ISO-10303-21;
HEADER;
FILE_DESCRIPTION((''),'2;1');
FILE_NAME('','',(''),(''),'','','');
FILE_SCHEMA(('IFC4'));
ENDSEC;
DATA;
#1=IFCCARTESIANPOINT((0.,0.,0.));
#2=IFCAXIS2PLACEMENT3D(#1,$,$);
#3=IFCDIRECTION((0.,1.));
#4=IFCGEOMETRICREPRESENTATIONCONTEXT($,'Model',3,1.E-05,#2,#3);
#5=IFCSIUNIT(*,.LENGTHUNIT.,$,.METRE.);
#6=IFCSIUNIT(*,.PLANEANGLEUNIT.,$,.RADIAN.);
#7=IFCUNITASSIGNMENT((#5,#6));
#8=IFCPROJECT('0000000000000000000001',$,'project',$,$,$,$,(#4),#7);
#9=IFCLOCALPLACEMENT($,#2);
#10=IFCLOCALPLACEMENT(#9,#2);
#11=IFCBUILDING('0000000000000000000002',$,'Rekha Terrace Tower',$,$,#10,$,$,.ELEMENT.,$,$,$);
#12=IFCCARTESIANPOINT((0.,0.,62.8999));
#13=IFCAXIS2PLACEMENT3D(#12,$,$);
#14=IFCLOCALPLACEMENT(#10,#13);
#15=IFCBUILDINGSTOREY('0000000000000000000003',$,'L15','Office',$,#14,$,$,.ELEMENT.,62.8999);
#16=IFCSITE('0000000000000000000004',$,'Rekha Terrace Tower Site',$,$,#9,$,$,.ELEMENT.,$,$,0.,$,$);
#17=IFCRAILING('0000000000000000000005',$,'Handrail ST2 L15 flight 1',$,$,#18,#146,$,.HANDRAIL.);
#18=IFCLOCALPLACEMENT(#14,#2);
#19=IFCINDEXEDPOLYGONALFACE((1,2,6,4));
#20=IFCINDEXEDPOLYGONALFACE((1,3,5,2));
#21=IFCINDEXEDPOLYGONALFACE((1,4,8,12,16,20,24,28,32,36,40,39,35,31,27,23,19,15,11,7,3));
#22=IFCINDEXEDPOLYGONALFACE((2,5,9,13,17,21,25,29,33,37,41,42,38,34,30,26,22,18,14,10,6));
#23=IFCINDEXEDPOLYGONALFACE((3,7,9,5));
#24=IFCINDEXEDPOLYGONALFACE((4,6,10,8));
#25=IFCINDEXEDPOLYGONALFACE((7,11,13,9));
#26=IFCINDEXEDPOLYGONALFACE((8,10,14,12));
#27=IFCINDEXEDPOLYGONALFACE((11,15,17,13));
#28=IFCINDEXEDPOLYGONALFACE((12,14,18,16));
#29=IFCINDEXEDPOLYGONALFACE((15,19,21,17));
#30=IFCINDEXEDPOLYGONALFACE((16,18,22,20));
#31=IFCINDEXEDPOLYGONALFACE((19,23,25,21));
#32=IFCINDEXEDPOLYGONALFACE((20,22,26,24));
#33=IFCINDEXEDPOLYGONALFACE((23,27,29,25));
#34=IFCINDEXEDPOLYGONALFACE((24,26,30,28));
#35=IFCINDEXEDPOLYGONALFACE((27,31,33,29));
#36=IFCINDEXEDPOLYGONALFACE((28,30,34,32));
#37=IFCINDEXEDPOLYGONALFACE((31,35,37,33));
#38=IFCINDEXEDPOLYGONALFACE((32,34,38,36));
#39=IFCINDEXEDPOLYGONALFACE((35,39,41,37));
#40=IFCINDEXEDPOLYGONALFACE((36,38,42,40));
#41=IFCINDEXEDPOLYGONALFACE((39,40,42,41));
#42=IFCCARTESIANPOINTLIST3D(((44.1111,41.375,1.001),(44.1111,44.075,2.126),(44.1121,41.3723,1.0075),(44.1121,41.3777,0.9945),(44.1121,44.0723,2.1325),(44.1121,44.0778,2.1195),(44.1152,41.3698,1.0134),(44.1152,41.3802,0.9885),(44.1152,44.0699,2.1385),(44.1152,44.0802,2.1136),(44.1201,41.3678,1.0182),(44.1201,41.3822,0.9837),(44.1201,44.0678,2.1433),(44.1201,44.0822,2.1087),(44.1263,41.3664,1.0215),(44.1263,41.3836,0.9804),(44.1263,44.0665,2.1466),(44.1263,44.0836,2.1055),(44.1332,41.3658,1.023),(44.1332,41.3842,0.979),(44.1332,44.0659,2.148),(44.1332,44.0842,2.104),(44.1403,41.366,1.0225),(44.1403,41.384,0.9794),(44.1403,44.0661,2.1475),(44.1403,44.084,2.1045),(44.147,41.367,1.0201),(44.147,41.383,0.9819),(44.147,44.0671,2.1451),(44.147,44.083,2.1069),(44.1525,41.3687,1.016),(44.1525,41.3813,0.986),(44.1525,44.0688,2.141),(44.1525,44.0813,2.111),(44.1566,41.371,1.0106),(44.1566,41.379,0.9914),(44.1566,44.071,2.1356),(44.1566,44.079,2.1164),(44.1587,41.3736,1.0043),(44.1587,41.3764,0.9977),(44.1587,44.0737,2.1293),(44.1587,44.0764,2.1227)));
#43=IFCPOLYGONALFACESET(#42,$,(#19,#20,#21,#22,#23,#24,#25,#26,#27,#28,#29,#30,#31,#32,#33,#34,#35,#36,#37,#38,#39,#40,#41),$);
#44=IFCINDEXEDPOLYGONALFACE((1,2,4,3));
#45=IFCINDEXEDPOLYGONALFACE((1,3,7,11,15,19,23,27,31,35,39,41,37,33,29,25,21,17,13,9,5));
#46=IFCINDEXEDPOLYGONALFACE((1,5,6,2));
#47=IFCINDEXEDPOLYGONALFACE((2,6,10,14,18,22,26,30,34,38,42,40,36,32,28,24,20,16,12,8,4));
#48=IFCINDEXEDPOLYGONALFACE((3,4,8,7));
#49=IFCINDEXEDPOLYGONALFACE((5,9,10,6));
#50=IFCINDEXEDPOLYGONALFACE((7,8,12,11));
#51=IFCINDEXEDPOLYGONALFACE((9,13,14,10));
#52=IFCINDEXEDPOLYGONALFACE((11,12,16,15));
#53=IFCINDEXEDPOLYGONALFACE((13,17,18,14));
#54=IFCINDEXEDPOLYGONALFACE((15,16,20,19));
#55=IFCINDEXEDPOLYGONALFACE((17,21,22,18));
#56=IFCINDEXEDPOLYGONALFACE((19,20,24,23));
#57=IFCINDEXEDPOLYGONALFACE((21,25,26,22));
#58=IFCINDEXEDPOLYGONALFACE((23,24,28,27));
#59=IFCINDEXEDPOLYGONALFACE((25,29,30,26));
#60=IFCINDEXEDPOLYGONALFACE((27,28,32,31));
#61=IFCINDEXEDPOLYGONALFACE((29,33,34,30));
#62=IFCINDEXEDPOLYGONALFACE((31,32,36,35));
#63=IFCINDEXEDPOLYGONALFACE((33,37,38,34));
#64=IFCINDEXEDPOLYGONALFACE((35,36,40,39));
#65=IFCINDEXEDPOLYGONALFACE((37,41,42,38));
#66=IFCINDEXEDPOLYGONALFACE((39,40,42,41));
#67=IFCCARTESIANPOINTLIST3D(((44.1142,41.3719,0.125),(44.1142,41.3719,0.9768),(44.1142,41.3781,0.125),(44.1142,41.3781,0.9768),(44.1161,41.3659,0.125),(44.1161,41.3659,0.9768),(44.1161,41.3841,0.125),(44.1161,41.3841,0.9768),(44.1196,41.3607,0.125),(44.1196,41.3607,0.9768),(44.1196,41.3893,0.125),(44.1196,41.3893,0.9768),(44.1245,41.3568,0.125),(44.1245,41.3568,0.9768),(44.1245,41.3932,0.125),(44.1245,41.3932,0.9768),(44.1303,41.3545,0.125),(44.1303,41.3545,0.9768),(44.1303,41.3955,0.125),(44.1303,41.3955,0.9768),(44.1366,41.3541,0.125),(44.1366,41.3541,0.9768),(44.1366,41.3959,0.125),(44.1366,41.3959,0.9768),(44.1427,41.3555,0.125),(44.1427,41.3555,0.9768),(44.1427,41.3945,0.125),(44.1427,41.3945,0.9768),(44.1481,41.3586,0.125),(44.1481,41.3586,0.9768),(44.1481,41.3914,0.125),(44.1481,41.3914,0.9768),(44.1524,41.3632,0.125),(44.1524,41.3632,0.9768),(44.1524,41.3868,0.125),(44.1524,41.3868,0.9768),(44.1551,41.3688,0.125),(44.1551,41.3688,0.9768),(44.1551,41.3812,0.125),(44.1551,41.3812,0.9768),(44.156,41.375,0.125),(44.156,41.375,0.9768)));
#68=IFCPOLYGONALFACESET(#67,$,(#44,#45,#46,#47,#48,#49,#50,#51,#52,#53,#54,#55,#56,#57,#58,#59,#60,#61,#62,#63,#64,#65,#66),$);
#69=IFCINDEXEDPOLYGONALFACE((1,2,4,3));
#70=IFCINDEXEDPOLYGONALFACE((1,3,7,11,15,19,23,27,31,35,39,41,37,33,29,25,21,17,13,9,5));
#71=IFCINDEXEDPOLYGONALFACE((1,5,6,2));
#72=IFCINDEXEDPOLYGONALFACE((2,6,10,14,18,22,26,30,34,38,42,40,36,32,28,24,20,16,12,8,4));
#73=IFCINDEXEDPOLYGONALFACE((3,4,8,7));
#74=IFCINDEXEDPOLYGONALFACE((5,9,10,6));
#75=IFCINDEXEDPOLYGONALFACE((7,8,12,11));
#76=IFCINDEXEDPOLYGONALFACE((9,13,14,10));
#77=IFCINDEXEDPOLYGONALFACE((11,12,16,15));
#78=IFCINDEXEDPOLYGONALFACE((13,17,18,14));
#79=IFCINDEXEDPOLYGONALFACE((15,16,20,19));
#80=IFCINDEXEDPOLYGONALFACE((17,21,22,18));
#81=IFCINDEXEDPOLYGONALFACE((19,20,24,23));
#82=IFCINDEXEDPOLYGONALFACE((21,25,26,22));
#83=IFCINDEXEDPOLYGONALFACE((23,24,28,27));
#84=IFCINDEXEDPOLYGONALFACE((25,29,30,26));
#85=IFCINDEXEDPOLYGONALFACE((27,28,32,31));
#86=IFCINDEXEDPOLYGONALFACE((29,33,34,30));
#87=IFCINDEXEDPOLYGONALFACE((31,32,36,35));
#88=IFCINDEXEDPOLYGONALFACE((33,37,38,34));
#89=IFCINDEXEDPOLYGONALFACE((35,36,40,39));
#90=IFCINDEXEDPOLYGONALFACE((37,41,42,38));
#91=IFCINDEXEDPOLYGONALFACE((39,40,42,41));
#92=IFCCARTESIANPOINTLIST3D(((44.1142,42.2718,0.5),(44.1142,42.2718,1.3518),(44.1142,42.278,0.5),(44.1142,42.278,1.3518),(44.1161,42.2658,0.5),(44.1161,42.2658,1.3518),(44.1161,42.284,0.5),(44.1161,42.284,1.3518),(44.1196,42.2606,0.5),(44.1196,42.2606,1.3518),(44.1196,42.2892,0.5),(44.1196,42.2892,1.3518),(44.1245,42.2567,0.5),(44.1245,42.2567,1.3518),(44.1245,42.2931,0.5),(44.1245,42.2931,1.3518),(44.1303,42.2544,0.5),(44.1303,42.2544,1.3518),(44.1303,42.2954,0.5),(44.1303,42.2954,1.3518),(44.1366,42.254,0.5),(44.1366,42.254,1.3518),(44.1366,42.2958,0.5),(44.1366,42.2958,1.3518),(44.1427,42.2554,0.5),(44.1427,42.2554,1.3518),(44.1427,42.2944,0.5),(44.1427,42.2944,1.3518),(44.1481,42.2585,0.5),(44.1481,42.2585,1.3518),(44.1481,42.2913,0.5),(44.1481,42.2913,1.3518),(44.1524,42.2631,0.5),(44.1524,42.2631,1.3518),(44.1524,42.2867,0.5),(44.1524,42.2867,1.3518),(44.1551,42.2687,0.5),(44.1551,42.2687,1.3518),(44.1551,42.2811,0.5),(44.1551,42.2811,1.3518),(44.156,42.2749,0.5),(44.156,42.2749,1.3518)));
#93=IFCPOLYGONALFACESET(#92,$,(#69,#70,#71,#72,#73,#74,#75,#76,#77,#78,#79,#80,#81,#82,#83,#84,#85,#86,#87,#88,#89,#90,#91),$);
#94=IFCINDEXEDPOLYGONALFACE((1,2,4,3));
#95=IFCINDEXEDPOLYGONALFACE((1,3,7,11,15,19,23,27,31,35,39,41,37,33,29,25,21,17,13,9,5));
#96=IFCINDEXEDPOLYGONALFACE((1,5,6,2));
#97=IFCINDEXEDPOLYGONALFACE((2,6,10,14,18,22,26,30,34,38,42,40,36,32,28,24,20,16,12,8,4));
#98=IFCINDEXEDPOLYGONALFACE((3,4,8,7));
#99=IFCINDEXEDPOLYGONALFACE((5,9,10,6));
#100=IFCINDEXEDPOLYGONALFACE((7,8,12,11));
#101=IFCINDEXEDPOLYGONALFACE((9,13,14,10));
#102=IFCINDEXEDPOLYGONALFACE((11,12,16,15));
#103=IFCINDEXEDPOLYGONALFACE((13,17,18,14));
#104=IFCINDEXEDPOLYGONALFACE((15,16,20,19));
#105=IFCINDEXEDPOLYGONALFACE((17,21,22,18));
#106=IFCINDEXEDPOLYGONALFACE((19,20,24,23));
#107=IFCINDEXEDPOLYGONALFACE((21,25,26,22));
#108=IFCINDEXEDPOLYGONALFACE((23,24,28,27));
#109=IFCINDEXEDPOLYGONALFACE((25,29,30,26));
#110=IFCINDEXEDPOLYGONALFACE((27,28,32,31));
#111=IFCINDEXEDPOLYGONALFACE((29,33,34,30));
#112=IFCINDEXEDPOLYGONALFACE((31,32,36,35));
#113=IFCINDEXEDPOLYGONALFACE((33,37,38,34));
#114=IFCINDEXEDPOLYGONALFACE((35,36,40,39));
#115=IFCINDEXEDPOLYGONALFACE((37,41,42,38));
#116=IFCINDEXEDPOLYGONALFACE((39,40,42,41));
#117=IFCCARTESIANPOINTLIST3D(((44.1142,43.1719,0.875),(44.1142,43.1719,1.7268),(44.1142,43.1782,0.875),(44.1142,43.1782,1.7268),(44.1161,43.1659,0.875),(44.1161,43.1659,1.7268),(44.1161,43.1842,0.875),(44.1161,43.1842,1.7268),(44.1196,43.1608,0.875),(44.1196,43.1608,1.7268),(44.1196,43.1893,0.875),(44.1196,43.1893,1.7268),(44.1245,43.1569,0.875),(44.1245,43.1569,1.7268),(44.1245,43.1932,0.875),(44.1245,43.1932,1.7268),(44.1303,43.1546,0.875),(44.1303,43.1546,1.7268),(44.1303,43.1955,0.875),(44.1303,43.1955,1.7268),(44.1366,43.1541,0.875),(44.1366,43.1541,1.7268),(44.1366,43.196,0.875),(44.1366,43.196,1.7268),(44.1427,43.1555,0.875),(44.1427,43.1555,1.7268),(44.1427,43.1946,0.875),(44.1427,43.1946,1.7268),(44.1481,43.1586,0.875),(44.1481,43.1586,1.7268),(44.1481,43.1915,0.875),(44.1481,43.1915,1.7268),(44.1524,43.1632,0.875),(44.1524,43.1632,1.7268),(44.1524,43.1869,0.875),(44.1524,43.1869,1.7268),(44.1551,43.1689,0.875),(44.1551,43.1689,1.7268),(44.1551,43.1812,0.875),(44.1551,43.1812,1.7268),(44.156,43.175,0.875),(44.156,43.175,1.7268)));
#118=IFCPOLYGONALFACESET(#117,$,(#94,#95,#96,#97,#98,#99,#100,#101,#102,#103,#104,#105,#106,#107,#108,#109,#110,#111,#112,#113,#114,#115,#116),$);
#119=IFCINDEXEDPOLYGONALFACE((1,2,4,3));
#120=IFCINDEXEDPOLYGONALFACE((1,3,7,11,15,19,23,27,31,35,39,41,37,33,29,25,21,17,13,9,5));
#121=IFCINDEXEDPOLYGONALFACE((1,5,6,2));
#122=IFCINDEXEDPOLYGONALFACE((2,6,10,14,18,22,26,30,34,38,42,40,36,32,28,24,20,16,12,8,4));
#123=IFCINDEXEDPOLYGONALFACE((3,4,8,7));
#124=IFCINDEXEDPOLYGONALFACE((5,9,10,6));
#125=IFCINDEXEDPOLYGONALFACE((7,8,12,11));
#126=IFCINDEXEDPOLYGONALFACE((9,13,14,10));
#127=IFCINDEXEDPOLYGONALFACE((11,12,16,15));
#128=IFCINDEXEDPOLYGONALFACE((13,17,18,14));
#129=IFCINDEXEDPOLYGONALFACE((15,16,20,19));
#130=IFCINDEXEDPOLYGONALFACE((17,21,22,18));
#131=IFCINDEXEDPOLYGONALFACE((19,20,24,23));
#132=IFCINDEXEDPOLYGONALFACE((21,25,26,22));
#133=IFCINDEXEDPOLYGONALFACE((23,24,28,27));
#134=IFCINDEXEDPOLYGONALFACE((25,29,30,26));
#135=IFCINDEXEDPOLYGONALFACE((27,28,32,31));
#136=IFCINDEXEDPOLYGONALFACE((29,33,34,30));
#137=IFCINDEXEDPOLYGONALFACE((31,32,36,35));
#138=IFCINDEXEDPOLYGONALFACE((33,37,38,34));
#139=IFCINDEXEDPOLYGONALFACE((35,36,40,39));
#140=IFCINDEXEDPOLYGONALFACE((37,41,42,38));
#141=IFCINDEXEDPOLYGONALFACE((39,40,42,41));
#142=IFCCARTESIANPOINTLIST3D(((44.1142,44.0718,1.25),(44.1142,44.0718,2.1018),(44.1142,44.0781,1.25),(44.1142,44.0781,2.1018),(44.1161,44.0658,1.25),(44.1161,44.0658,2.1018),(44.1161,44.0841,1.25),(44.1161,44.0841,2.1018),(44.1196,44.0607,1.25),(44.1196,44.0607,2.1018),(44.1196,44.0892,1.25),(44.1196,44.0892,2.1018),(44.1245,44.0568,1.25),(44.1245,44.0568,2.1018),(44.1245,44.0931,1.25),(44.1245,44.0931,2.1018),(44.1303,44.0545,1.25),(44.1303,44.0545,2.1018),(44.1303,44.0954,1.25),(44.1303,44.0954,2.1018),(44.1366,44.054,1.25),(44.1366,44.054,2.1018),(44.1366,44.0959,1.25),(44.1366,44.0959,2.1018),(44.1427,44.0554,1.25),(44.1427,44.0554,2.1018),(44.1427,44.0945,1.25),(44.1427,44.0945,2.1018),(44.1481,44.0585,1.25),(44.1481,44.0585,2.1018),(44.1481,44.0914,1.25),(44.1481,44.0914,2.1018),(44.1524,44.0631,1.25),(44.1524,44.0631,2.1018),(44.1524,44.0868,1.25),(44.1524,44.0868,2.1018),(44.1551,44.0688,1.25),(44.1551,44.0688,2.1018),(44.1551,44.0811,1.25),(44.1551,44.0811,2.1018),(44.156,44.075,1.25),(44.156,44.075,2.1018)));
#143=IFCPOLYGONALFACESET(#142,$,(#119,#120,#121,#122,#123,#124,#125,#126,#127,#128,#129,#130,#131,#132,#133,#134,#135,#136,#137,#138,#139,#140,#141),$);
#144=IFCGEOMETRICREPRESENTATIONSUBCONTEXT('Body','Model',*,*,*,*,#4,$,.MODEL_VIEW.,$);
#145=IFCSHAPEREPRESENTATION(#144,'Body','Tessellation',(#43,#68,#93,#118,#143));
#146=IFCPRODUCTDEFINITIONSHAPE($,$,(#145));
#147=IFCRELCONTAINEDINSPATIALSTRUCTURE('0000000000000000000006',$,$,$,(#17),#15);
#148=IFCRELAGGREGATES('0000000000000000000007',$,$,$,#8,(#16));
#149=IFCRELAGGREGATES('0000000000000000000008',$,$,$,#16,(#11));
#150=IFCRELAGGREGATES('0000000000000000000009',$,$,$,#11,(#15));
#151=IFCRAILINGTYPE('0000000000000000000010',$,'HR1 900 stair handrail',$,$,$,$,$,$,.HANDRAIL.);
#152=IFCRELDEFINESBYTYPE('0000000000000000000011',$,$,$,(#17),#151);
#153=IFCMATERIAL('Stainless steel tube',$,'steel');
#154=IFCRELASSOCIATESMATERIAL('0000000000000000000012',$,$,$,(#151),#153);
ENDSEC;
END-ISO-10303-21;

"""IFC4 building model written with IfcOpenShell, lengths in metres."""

from ifc_helpers import new_model, si_unit, direction, frame, origin, origin_2d, place, context, subcontext, project, spatial, circle, extrude, material, type_object, element, save


model = new_model("IFC4")

# Units and contexts
model_context = context("Model", 3, precision=1e-05, world=origin(), true_north=direction((0.0, 1.0)))
body_context = subcontext(model_context, "Body", "Model", "MODEL_VIEW")
ifc_project = project(units=[si_unit("LENGTHUNIT", "METRE"), si_unit("PLANEANGLEUNIT", "RADIAN")], contexts=[model_context])

# Site, building, storey
site_placement = place(None, origin())
site = spatial("IfcSite", under=ifc_project, at=site_placement, Name="Rekha Terrace Tower Site", CompositionType="ELEMENT", RefElevation=0.0)
building_placement = place(site_placement, origin())
building = spatial("IfcBuilding", under=site, at=building_placement, Name="Rekha Terrace Tower", CompositionType="ELEMENT")
storey_placement = place(building_placement, frame((0.0, 0.0, 62.8999)))
storey = spatial("IfcBuildingStorey", under=building, at=storey_placement, Name="L15", Description="Office", CompositionType="ELEMENT", Elevation=62.8999)

# Railing
ifc_material_1 = material(Name="Stainless steel tube", Category="steel")
railing_type = type_object("IfcRailingType", Name="HR1 900 stair handrail", PredefinedType="HANDRAIL", material=ifc_material_1)
railing_placement = place(storey_placement, frame((44.135, 41.375, 0.125)))
element("IfcRailing", 1, at=railing_placement, inside=storey, type_object=railing_type, Name="Handrail ST2 L15 flight 1", PredefinedType="HANDRAIL", context=body_context, shape_type="SweptSolid", body=[
    extrude(circle(Radius=0.0239, at=origin_2d()), frame((0.0, 0.0, 0.876), z_axis=(0.0, 0.923074, 0.384621), x_axis=(-1.0, 0.0, 0.0)), (0.0, 0.0, 1.0), 2.925),
    extrude(circle(Radius=0.021, at=origin_2d()), origin(), (0.0, 0.0, 1.0), 0.8518),
    extrude(circle(Radius=0.021, at=origin_2d()), frame((0.0, 0.8999, 0.375)), (0.0, 0.0, 1.0), 0.8518),
    extrude(circle(Radius=0.021, at=origin_2d()), frame((0.0, 1.8, 0.75)), (0.0, 0.0, 1.0), 0.8518),
    extrude(circle(Radius=0.021, at=origin_2d()), frame((0.0, 2.7, 1.125)), (0.0, 0.0, 1.0), 0.8518),
])

save(model, "model.ifc")
